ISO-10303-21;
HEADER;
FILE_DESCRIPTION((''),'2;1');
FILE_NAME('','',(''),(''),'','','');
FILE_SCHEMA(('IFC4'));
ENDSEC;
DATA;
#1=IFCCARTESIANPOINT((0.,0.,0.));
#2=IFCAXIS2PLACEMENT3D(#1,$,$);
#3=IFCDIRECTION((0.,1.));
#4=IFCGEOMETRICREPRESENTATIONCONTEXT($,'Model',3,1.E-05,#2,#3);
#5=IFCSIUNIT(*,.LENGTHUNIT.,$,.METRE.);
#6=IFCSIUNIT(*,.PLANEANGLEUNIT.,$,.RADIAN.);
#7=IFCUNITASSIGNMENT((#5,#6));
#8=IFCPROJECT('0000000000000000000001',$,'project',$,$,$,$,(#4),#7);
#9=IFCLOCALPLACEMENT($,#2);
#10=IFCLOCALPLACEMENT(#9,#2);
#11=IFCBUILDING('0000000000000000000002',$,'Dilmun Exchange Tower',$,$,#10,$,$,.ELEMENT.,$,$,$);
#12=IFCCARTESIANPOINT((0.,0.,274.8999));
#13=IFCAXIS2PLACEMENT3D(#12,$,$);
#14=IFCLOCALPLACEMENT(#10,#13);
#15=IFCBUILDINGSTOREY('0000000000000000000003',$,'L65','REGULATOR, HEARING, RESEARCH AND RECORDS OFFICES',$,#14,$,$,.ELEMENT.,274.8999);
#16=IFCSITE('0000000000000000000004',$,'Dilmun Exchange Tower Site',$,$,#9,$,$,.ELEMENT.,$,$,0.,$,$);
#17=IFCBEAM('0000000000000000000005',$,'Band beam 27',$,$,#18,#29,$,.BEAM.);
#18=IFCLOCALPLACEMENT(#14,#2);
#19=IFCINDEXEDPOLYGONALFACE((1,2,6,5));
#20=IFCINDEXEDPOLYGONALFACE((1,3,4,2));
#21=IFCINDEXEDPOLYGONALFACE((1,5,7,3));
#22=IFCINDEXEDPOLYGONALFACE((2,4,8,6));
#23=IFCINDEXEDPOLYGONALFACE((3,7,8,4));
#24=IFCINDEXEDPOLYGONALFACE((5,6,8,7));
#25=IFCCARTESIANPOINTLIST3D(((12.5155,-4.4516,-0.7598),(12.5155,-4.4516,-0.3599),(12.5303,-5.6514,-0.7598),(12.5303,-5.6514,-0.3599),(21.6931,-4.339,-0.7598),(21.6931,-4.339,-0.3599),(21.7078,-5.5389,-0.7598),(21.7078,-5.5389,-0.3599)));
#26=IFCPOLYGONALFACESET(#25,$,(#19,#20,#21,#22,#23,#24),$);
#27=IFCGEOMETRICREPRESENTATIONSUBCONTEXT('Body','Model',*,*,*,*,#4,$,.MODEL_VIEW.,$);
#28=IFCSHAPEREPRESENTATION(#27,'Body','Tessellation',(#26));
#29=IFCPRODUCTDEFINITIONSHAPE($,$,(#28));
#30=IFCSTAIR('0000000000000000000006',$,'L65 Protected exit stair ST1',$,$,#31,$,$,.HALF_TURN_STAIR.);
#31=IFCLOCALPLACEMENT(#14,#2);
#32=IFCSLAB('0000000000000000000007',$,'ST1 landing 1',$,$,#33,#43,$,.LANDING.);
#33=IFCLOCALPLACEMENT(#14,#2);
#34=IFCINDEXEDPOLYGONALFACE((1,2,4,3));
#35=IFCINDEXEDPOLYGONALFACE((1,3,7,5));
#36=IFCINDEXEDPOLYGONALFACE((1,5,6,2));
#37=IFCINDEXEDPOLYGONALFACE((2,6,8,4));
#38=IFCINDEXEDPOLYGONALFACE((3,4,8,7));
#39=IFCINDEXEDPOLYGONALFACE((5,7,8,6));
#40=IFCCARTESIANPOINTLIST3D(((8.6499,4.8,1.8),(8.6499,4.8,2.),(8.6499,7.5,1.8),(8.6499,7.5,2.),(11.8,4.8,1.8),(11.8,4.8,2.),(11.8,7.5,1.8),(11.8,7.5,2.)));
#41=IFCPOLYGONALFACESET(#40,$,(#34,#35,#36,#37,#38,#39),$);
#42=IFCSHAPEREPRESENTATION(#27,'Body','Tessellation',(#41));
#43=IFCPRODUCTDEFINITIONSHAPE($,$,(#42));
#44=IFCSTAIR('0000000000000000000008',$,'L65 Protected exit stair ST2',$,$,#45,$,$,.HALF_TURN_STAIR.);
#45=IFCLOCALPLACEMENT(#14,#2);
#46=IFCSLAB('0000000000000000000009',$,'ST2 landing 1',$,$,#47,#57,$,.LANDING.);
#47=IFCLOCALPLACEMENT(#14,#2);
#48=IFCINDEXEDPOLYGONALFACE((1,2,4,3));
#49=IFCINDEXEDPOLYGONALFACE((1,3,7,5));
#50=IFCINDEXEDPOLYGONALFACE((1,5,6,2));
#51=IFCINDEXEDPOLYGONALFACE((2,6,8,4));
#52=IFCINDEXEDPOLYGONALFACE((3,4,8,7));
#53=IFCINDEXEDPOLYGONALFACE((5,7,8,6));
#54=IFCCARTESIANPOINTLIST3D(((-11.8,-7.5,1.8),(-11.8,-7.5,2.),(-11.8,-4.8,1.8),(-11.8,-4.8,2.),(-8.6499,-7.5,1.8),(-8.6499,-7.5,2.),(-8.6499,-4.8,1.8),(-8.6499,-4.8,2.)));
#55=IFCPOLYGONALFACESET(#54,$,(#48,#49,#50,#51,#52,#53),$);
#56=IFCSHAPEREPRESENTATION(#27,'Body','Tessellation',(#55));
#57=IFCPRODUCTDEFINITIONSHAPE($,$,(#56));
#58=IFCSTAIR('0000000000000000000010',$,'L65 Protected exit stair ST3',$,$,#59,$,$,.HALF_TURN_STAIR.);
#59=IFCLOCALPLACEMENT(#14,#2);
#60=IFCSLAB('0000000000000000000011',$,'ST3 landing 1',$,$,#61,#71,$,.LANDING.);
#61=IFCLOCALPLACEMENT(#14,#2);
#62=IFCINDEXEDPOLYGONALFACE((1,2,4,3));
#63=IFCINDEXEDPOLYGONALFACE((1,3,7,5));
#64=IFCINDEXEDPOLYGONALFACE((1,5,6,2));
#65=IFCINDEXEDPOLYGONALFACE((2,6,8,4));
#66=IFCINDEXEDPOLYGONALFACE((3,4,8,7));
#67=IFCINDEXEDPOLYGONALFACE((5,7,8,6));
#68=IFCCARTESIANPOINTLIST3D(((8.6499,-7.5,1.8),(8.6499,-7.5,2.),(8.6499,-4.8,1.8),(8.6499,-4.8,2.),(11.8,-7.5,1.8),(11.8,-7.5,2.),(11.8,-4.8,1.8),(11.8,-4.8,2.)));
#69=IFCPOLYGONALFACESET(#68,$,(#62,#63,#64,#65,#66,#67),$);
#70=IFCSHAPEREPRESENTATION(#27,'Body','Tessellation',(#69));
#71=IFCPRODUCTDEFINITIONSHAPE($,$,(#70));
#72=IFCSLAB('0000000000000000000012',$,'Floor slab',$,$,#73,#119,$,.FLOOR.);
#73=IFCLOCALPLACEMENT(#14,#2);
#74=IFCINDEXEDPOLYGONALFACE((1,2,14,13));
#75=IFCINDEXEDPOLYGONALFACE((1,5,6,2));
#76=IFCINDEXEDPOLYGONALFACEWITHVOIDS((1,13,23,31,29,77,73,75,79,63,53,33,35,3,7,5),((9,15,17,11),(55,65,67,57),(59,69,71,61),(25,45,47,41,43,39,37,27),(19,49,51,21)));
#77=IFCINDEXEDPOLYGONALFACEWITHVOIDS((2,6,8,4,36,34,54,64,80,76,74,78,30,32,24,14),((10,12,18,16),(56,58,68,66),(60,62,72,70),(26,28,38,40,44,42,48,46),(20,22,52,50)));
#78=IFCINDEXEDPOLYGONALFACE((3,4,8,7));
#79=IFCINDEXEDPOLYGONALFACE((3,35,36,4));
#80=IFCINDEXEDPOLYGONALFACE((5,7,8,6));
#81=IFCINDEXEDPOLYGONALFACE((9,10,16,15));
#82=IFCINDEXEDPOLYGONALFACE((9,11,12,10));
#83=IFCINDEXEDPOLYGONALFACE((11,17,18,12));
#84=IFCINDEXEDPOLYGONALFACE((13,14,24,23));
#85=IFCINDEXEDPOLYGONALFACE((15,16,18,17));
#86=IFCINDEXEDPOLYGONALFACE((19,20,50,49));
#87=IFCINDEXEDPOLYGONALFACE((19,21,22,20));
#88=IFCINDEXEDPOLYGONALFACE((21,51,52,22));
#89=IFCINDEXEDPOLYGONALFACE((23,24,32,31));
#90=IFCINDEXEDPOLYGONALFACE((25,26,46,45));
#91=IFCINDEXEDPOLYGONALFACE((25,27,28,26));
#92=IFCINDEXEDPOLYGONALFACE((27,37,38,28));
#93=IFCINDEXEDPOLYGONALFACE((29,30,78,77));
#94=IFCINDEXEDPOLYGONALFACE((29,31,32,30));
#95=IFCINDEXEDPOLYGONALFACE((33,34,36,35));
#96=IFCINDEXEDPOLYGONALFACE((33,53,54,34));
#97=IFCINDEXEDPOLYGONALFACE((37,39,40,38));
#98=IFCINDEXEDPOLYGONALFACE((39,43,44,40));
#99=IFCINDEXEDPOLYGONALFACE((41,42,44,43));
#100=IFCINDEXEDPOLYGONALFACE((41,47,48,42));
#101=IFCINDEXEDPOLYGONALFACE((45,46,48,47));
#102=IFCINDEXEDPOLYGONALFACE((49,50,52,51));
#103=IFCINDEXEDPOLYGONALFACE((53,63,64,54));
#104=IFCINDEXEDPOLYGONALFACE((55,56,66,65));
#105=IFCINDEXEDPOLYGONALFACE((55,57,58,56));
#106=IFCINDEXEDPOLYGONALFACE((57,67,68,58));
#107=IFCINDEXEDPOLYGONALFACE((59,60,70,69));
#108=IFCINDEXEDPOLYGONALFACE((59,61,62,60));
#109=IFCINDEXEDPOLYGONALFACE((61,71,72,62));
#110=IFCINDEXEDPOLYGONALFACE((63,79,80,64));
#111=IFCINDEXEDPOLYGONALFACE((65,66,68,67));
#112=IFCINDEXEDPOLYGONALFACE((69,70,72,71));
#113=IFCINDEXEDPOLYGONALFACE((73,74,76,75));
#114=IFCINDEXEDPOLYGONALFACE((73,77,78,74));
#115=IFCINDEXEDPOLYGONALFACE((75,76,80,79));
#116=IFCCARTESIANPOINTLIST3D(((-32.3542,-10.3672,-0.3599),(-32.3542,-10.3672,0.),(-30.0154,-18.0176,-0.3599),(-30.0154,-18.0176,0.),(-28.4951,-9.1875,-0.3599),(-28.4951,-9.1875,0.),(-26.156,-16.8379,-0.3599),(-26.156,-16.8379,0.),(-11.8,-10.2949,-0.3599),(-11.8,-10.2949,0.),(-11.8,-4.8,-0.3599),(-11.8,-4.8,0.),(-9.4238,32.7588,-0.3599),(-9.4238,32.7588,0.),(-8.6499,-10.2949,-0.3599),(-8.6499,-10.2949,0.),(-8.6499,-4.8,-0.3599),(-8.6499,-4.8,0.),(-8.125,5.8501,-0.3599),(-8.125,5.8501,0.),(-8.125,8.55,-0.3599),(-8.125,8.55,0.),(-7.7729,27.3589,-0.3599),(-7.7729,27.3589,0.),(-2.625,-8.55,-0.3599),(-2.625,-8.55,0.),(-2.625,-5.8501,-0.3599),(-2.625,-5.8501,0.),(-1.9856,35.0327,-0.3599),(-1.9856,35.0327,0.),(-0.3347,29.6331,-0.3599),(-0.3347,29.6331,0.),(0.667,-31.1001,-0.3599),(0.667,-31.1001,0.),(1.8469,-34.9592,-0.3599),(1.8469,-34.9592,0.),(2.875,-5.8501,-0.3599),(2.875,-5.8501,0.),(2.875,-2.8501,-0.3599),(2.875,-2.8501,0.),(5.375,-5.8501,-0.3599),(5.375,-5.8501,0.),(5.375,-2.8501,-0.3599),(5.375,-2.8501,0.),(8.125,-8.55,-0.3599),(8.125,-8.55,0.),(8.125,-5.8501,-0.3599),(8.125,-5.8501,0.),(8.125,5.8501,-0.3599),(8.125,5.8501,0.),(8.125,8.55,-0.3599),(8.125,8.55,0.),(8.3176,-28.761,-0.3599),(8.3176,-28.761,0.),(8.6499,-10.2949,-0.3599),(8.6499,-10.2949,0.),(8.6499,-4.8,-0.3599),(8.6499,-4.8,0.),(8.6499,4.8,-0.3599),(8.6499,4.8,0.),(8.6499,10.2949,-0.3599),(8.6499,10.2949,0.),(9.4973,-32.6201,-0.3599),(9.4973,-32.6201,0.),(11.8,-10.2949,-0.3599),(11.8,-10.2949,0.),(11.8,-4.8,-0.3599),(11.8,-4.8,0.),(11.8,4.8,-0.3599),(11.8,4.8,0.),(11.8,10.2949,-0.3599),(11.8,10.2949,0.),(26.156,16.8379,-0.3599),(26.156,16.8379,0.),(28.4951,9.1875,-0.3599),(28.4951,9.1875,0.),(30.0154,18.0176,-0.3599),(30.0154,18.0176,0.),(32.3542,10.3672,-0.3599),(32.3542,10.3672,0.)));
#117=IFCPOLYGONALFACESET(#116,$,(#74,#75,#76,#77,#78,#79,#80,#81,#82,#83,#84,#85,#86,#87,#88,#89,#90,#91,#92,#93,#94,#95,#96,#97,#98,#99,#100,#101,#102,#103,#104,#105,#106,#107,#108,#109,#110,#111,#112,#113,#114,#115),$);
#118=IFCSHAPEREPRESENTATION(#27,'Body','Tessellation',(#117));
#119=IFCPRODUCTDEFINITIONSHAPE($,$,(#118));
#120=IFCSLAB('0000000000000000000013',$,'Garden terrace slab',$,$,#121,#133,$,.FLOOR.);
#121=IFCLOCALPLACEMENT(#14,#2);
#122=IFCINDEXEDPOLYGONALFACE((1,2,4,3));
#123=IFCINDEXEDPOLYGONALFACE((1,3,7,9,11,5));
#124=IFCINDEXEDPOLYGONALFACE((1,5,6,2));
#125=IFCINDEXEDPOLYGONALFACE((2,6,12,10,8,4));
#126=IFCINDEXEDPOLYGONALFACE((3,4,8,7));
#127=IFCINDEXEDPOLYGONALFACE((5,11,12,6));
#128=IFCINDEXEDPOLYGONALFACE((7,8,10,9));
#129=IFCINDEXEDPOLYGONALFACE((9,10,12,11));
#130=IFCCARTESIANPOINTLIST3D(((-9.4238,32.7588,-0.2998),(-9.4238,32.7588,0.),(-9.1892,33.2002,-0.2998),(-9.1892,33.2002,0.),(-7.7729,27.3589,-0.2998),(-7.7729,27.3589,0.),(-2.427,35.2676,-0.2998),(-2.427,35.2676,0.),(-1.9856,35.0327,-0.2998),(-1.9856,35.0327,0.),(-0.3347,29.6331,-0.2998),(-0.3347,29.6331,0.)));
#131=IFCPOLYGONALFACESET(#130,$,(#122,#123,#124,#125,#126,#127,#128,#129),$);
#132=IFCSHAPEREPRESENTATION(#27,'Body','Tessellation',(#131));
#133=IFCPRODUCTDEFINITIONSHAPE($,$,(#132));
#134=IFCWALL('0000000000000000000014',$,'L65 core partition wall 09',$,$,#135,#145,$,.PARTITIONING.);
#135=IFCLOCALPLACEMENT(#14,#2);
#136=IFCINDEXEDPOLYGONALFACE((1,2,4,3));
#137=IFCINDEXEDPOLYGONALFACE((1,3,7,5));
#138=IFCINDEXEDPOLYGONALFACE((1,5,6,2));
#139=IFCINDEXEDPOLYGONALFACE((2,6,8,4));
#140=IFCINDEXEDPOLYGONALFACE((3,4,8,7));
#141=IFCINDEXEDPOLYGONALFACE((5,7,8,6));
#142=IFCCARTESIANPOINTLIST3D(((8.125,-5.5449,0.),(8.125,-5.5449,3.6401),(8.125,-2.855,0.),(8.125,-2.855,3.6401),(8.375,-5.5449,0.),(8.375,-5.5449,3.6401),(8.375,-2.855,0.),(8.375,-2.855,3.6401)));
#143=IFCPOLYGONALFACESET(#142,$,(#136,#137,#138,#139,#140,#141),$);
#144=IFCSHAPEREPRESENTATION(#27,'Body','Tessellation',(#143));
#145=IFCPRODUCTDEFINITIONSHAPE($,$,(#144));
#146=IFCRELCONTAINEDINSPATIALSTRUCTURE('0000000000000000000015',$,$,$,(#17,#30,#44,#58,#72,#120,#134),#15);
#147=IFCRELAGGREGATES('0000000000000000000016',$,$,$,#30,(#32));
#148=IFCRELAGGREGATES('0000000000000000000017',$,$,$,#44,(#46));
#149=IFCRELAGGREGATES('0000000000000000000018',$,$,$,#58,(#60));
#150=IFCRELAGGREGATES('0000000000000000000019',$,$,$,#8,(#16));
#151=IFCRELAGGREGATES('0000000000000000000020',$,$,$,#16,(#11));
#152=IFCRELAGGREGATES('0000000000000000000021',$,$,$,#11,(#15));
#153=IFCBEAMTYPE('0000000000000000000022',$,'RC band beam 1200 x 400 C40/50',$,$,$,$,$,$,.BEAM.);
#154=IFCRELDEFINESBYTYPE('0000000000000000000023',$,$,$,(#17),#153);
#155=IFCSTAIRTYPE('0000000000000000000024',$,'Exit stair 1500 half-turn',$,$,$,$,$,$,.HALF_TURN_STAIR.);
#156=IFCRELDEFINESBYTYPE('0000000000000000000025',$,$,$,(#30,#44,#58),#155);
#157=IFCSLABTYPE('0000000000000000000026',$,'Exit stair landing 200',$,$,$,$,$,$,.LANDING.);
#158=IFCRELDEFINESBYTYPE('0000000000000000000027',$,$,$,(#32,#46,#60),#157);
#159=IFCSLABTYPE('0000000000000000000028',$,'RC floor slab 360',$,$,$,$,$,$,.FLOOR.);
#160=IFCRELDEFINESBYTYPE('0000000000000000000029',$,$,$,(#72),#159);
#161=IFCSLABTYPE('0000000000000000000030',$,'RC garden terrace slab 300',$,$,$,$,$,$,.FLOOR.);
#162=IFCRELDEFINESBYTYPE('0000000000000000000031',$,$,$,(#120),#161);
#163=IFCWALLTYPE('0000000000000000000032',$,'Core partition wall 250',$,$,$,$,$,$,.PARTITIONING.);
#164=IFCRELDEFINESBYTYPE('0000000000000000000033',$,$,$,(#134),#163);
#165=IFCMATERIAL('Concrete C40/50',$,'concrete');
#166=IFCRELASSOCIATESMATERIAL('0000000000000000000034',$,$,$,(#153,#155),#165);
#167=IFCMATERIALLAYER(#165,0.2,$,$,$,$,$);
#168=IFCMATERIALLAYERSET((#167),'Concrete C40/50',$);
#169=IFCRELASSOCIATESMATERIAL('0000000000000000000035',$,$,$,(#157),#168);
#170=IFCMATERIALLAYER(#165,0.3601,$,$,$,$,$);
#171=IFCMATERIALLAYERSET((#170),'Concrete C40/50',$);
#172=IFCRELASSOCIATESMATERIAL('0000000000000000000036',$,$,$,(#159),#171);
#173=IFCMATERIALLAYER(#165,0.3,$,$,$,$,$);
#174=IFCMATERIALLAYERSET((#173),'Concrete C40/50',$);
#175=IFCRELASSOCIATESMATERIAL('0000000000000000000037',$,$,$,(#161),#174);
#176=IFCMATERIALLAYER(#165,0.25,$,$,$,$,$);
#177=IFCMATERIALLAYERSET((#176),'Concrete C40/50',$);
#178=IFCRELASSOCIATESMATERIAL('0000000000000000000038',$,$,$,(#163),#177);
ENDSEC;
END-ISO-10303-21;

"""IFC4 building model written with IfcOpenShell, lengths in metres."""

from ifc_helpers import new_model, si_unit, direction, frame, frame_2d, origin, origin_2d, place, context, subcontext, project, spatial, polyline, rectangle, outline, extrude, material, layer, layer_set, material_profile, profile_set, type_object, element, aggregate, save


model = new_model("IFC4")

# Units and contexts
model_context = context("Model", 3, precision=1e-05, world=origin(), true_north=direction((0.0, 1.0)))
body_context = subcontext(model_context, "Body", "Model", "MODEL_VIEW")
ifc_project = project(units=[si_unit("LENGTHUNIT", "METRE"), si_unit("PLANEANGLEUNIT", "RADIAN")], contexts=[model_context])

# Site, building, storey
site_placement = place(None, origin())
site = spatial("IfcSite", under=ifc_project, at=site_placement, Name="Dilmun Exchange Tower Site", CompositionType="ELEMENT", RefElevation=0.0)
building_placement = place(site_placement, origin())
building = spatial("IfcBuilding", under=site, at=building_placement, Name="Dilmun Exchange Tower", CompositionType="ELEMENT")
storey_placement = place(building_placement, frame((0.0, 0.0, 274.8999)))
storey = spatial("IfcBuildingStorey", under=building, at=storey_placement, Name="L65", Description="REGULATOR, HEARING, RESEARCH AND RECORDS OFFICES", CompositionType="ELEMENT", Elevation=274.8999)

# Beam
ifc_material_1 = material(Name="Concrete C40/50", Category="concrete")
ifc_material_profile = material_profile(ifc_material_1, rectangle(XDim=1.2, YDim=0.3999, at=origin_2d()), Name="1200 x 400")
ifc_profile_set = profile_set([ifc_material_profile], Name="Concrete C40/50")
beam_type = type_object("IfcBeamType", Name="RC band beam 1200 x 400 C40/50", PredefinedType="BEAM", material=ifc_profile_set)
beam_placement = place(storey_placement, frame((21.7004, -4.939, -0.5598), z_axis=(-0.999925, -0.012263, 0.0), x_axis=(0.012263, -0.999925, 0.0)))
element("IfcBeam", 1, at=beam_placement, inside=storey, type_object=beam_type, Name="Band beam 27", PredefinedType="BEAM", context=body_context, shape_type="SweptSolid", body=[
    extrude(rectangle(XDim=1.2, YDim=0.3999, at=origin_2d()), origin(), (0.0, 0.0, 1.0), 9.1782),
])

# Stairs, slabs
stair_type = type_object("IfcStairType", Name="Exit stair 1500 half-turn", PredefinedType="HALF_TURN_STAIR", material=ifc_material_1)
stair_1_placement = place(storey_placement, origin())
stair_1 = element("IfcStair", 2, at=stair_1_placement, inside=storey, type_object=stair_type, Name="L65 Protected exit stair ST1", PredefinedType="HALF_TURN_STAIR")
ifc_layer_1 = layer(ifc_material_1, 0.2)
ifc_layer_set_1 = layer_set([ifc_layer_1], Name="Concrete C40/50")
slab_type_1 = type_object("IfcSlabType", Name="Exit stair landing 200", PredefinedType="LANDING", material=ifc_layer_set_1)
slab_1_placement = place(storey_placement, frame((0.0, 0.0, 1.8)))
slab_1 = element("IfcSlab", 3, at=slab_1_placement, type_object=slab_type_1, Name="ST1 landing 1", PredefinedType="LANDING", context=body_context, shape_type="SweptSolid", body=[
    extrude(outline(polyline([(8.6499, 7.5), (8.6499, 4.8), (11.8, 4.8), (11.8, 7.5), (8.6499, 7.5)])), origin(), (0.0, 0.0, 1.0), 0.2),
])
aggregate(stair_1, [slab_1])
stair_2_placement = place(storey_placement, origin())
stair_2 = element("IfcStair", 4, at=stair_2_placement, inside=storey, type_object=stair_type, Name="L65 Protected exit stair ST2", PredefinedType="HALF_TURN_STAIR")
slab_2_placement = place(storey_placement, frame((0.0, 0.0, 1.8)))
slab_2 = element("IfcSlab", 5, at=slab_2_placement, type_object=slab_type_1, Name="ST2 landing 1", PredefinedType="LANDING", context=body_context, shape_type="SweptSolid", body=[
    extrude(outline(polyline([(-8.6499, -7.5), (-8.6499, -4.8), (-11.8, -4.8), (-11.8, -7.5), (-8.6499, -7.5)])), origin(), (0.0, 0.0, 1.0), 0.2),
])
aggregate(stair_2, [slab_2])
stair_3_placement = place(storey_placement, origin())
stair_3 = element("IfcStair", 6, at=stair_3_placement, inside=storey, type_object=stair_type, Name="L65 Protected exit stair ST3", PredefinedType="HALF_TURN_STAIR")
slab_3_placement = place(storey_placement, frame((0.0, 0.0, 1.8)))
slab_3 = element("IfcSlab", 7, at=slab_3_placement, type_object=slab_type_1, Name="ST3 landing 1", PredefinedType="LANDING", context=body_context, shape_type="SweptSolid", body=[
    extrude(outline(polyline([(11.8, -7.5), (11.8, -4.8), (8.6499, -4.8), (8.6499, -7.5), (11.8, -7.5)])), origin(), (0.0, 0.0, 1.0), 0.2),
])
aggregate(stair_3, [slab_3])

# Slabs
ifc_layer_2 = layer(ifc_material_1, 0.3601)
ifc_layer_set_2 = layer_set([ifc_layer_2], Name="Concrete C40/50")
slab_type_2 = type_object("IfcSlabType", Name="RC floor slab 360", PredefinedType="FLOOR", material=ifc_layer_set_2)
slab_4_placement = place(storey_placement, frame((0.0, 0.0, -0.3599)))
element("IfcSlab", 8, at=slab_4_placement, inside=storey, type_object=slab_type_2, Name="Floor slab", PredefinedType="FLOOR", context=body_context, shape_type="SweptSolid", body=[
    extrude(outline(polyline([(26.156, 16.8379), (28.4951, 9.1875), (32.3542, 10.3672), (9.4973, -32.6201), (8.3176, -28.761), (0.667, -31.1001), (1.8469, -34.9592), (-30.0154, -18.0176), (-26.156, -16.8379), (-28.4951, -9.1875), (-32.3542, -10.3672), (-9.4238, 32.7588), (-7.7729, 27.3589), (-0.3347, 29.6331), (-1.9856, 35.0327), (30.0154, 18.0176), (26.156, 16.8379)]), holes=[polyline([(-8.6499, -4.8), (-11.8, -4.8), (-11.8, -10.2949), (-8.6499, -10.2949), (-8.6499, -4.8)]), polyline([(11.8, -4.8), (8.6499, -4.8), (8.6499, -10.2949), (11.8, -10.2949), (11.8, -4.8)]), polyline([(2.875, -5.8501), (-2.625, -5.8501), (-2.625, -8.55), (8.125, -8.55), (8.125, -5.8501), (5.375, -5.8501), (5.375, -2.8501), (2.875, -2.8501), (2.875, -5.8501)]), polyline([(8.125, 5.8501), (8.125, 8.55), (-8.125, 8.55), (-8.125, 5.8501), (8.125, 5.8501)]), polyline([(8.6499, 10.2949), (8.6499, 4.8), (11.8, 4.8), (11.8, 10.2949), (8.6499, 10.2949)])]), origin(), (0.0, 0.0, 1.0), 0.3599),
])
ifc_layer_3 = layer(ifc_material_1, 0.3)
ifc_layer_set_3 = layer_set([ifc_layer_3], Name="Concrete C40/50")
slab_type_3 = type_object("IfcSlabType", Name="RC garden terrace slab 300", PredefinedType="FLOOR", material=ifc_layer_set_3)
slab_5_placement = place(storey_placement, frame((0.0, 0.0, -0.2998)))
element("IfcSlab", 9, at=slab_5_placement, inside=storey, type_object=slab_type_3, Name="Garden terrace slab", PredefinedType="FLOOR", context=body_context, shape_type="SweptSolid", body=[
    extrude(outline(polyline([(-7.7729, 27.3589), (-9.4238, 32.7588), (-9.1892, 33.2002), (-2.427, 35.2676), (-1.9856, 35.0327), (-0.3347, 29.6331), (-7.7729, 27.3589)])), origin(), (0.0, 0.0, 1.0), 0.2998),
])

# Wall
ifc_layer_4 = layer(ifc_material_1, 0.25)
ifc_layer_set_4 = layer_set([ifc_layer_4], Name="Concrete C40/50")
wall_type_1 = type_object("IfcWallType", Name="Core partition wall 250", PredefinedType="PARTITIONING", material=ifc_layer_set_4)
wall_1_placement = place(storey_placement, frame((8.25, -5.5449, 0.0), z_axis=(0.0, 0.0, 1.0), x_axis=(0.0, 1.0, 0.0)))
element("IfcWall", 10, at=wall_1_placement, inside=storey, type_object=wall_type_1, Name="L65 core partition wall 09", PredefinedType="PARTITIONING", context=body_context, shape_type="SweptSolid", body=[
    extrude(rectangle(XDim=2.6899, YDim=0.25, at=frame_2d((1.345, 0.0))), origin(), (0.0, 0.0, 1.0), 3.6401),
])

save(model, "model.ifc")
